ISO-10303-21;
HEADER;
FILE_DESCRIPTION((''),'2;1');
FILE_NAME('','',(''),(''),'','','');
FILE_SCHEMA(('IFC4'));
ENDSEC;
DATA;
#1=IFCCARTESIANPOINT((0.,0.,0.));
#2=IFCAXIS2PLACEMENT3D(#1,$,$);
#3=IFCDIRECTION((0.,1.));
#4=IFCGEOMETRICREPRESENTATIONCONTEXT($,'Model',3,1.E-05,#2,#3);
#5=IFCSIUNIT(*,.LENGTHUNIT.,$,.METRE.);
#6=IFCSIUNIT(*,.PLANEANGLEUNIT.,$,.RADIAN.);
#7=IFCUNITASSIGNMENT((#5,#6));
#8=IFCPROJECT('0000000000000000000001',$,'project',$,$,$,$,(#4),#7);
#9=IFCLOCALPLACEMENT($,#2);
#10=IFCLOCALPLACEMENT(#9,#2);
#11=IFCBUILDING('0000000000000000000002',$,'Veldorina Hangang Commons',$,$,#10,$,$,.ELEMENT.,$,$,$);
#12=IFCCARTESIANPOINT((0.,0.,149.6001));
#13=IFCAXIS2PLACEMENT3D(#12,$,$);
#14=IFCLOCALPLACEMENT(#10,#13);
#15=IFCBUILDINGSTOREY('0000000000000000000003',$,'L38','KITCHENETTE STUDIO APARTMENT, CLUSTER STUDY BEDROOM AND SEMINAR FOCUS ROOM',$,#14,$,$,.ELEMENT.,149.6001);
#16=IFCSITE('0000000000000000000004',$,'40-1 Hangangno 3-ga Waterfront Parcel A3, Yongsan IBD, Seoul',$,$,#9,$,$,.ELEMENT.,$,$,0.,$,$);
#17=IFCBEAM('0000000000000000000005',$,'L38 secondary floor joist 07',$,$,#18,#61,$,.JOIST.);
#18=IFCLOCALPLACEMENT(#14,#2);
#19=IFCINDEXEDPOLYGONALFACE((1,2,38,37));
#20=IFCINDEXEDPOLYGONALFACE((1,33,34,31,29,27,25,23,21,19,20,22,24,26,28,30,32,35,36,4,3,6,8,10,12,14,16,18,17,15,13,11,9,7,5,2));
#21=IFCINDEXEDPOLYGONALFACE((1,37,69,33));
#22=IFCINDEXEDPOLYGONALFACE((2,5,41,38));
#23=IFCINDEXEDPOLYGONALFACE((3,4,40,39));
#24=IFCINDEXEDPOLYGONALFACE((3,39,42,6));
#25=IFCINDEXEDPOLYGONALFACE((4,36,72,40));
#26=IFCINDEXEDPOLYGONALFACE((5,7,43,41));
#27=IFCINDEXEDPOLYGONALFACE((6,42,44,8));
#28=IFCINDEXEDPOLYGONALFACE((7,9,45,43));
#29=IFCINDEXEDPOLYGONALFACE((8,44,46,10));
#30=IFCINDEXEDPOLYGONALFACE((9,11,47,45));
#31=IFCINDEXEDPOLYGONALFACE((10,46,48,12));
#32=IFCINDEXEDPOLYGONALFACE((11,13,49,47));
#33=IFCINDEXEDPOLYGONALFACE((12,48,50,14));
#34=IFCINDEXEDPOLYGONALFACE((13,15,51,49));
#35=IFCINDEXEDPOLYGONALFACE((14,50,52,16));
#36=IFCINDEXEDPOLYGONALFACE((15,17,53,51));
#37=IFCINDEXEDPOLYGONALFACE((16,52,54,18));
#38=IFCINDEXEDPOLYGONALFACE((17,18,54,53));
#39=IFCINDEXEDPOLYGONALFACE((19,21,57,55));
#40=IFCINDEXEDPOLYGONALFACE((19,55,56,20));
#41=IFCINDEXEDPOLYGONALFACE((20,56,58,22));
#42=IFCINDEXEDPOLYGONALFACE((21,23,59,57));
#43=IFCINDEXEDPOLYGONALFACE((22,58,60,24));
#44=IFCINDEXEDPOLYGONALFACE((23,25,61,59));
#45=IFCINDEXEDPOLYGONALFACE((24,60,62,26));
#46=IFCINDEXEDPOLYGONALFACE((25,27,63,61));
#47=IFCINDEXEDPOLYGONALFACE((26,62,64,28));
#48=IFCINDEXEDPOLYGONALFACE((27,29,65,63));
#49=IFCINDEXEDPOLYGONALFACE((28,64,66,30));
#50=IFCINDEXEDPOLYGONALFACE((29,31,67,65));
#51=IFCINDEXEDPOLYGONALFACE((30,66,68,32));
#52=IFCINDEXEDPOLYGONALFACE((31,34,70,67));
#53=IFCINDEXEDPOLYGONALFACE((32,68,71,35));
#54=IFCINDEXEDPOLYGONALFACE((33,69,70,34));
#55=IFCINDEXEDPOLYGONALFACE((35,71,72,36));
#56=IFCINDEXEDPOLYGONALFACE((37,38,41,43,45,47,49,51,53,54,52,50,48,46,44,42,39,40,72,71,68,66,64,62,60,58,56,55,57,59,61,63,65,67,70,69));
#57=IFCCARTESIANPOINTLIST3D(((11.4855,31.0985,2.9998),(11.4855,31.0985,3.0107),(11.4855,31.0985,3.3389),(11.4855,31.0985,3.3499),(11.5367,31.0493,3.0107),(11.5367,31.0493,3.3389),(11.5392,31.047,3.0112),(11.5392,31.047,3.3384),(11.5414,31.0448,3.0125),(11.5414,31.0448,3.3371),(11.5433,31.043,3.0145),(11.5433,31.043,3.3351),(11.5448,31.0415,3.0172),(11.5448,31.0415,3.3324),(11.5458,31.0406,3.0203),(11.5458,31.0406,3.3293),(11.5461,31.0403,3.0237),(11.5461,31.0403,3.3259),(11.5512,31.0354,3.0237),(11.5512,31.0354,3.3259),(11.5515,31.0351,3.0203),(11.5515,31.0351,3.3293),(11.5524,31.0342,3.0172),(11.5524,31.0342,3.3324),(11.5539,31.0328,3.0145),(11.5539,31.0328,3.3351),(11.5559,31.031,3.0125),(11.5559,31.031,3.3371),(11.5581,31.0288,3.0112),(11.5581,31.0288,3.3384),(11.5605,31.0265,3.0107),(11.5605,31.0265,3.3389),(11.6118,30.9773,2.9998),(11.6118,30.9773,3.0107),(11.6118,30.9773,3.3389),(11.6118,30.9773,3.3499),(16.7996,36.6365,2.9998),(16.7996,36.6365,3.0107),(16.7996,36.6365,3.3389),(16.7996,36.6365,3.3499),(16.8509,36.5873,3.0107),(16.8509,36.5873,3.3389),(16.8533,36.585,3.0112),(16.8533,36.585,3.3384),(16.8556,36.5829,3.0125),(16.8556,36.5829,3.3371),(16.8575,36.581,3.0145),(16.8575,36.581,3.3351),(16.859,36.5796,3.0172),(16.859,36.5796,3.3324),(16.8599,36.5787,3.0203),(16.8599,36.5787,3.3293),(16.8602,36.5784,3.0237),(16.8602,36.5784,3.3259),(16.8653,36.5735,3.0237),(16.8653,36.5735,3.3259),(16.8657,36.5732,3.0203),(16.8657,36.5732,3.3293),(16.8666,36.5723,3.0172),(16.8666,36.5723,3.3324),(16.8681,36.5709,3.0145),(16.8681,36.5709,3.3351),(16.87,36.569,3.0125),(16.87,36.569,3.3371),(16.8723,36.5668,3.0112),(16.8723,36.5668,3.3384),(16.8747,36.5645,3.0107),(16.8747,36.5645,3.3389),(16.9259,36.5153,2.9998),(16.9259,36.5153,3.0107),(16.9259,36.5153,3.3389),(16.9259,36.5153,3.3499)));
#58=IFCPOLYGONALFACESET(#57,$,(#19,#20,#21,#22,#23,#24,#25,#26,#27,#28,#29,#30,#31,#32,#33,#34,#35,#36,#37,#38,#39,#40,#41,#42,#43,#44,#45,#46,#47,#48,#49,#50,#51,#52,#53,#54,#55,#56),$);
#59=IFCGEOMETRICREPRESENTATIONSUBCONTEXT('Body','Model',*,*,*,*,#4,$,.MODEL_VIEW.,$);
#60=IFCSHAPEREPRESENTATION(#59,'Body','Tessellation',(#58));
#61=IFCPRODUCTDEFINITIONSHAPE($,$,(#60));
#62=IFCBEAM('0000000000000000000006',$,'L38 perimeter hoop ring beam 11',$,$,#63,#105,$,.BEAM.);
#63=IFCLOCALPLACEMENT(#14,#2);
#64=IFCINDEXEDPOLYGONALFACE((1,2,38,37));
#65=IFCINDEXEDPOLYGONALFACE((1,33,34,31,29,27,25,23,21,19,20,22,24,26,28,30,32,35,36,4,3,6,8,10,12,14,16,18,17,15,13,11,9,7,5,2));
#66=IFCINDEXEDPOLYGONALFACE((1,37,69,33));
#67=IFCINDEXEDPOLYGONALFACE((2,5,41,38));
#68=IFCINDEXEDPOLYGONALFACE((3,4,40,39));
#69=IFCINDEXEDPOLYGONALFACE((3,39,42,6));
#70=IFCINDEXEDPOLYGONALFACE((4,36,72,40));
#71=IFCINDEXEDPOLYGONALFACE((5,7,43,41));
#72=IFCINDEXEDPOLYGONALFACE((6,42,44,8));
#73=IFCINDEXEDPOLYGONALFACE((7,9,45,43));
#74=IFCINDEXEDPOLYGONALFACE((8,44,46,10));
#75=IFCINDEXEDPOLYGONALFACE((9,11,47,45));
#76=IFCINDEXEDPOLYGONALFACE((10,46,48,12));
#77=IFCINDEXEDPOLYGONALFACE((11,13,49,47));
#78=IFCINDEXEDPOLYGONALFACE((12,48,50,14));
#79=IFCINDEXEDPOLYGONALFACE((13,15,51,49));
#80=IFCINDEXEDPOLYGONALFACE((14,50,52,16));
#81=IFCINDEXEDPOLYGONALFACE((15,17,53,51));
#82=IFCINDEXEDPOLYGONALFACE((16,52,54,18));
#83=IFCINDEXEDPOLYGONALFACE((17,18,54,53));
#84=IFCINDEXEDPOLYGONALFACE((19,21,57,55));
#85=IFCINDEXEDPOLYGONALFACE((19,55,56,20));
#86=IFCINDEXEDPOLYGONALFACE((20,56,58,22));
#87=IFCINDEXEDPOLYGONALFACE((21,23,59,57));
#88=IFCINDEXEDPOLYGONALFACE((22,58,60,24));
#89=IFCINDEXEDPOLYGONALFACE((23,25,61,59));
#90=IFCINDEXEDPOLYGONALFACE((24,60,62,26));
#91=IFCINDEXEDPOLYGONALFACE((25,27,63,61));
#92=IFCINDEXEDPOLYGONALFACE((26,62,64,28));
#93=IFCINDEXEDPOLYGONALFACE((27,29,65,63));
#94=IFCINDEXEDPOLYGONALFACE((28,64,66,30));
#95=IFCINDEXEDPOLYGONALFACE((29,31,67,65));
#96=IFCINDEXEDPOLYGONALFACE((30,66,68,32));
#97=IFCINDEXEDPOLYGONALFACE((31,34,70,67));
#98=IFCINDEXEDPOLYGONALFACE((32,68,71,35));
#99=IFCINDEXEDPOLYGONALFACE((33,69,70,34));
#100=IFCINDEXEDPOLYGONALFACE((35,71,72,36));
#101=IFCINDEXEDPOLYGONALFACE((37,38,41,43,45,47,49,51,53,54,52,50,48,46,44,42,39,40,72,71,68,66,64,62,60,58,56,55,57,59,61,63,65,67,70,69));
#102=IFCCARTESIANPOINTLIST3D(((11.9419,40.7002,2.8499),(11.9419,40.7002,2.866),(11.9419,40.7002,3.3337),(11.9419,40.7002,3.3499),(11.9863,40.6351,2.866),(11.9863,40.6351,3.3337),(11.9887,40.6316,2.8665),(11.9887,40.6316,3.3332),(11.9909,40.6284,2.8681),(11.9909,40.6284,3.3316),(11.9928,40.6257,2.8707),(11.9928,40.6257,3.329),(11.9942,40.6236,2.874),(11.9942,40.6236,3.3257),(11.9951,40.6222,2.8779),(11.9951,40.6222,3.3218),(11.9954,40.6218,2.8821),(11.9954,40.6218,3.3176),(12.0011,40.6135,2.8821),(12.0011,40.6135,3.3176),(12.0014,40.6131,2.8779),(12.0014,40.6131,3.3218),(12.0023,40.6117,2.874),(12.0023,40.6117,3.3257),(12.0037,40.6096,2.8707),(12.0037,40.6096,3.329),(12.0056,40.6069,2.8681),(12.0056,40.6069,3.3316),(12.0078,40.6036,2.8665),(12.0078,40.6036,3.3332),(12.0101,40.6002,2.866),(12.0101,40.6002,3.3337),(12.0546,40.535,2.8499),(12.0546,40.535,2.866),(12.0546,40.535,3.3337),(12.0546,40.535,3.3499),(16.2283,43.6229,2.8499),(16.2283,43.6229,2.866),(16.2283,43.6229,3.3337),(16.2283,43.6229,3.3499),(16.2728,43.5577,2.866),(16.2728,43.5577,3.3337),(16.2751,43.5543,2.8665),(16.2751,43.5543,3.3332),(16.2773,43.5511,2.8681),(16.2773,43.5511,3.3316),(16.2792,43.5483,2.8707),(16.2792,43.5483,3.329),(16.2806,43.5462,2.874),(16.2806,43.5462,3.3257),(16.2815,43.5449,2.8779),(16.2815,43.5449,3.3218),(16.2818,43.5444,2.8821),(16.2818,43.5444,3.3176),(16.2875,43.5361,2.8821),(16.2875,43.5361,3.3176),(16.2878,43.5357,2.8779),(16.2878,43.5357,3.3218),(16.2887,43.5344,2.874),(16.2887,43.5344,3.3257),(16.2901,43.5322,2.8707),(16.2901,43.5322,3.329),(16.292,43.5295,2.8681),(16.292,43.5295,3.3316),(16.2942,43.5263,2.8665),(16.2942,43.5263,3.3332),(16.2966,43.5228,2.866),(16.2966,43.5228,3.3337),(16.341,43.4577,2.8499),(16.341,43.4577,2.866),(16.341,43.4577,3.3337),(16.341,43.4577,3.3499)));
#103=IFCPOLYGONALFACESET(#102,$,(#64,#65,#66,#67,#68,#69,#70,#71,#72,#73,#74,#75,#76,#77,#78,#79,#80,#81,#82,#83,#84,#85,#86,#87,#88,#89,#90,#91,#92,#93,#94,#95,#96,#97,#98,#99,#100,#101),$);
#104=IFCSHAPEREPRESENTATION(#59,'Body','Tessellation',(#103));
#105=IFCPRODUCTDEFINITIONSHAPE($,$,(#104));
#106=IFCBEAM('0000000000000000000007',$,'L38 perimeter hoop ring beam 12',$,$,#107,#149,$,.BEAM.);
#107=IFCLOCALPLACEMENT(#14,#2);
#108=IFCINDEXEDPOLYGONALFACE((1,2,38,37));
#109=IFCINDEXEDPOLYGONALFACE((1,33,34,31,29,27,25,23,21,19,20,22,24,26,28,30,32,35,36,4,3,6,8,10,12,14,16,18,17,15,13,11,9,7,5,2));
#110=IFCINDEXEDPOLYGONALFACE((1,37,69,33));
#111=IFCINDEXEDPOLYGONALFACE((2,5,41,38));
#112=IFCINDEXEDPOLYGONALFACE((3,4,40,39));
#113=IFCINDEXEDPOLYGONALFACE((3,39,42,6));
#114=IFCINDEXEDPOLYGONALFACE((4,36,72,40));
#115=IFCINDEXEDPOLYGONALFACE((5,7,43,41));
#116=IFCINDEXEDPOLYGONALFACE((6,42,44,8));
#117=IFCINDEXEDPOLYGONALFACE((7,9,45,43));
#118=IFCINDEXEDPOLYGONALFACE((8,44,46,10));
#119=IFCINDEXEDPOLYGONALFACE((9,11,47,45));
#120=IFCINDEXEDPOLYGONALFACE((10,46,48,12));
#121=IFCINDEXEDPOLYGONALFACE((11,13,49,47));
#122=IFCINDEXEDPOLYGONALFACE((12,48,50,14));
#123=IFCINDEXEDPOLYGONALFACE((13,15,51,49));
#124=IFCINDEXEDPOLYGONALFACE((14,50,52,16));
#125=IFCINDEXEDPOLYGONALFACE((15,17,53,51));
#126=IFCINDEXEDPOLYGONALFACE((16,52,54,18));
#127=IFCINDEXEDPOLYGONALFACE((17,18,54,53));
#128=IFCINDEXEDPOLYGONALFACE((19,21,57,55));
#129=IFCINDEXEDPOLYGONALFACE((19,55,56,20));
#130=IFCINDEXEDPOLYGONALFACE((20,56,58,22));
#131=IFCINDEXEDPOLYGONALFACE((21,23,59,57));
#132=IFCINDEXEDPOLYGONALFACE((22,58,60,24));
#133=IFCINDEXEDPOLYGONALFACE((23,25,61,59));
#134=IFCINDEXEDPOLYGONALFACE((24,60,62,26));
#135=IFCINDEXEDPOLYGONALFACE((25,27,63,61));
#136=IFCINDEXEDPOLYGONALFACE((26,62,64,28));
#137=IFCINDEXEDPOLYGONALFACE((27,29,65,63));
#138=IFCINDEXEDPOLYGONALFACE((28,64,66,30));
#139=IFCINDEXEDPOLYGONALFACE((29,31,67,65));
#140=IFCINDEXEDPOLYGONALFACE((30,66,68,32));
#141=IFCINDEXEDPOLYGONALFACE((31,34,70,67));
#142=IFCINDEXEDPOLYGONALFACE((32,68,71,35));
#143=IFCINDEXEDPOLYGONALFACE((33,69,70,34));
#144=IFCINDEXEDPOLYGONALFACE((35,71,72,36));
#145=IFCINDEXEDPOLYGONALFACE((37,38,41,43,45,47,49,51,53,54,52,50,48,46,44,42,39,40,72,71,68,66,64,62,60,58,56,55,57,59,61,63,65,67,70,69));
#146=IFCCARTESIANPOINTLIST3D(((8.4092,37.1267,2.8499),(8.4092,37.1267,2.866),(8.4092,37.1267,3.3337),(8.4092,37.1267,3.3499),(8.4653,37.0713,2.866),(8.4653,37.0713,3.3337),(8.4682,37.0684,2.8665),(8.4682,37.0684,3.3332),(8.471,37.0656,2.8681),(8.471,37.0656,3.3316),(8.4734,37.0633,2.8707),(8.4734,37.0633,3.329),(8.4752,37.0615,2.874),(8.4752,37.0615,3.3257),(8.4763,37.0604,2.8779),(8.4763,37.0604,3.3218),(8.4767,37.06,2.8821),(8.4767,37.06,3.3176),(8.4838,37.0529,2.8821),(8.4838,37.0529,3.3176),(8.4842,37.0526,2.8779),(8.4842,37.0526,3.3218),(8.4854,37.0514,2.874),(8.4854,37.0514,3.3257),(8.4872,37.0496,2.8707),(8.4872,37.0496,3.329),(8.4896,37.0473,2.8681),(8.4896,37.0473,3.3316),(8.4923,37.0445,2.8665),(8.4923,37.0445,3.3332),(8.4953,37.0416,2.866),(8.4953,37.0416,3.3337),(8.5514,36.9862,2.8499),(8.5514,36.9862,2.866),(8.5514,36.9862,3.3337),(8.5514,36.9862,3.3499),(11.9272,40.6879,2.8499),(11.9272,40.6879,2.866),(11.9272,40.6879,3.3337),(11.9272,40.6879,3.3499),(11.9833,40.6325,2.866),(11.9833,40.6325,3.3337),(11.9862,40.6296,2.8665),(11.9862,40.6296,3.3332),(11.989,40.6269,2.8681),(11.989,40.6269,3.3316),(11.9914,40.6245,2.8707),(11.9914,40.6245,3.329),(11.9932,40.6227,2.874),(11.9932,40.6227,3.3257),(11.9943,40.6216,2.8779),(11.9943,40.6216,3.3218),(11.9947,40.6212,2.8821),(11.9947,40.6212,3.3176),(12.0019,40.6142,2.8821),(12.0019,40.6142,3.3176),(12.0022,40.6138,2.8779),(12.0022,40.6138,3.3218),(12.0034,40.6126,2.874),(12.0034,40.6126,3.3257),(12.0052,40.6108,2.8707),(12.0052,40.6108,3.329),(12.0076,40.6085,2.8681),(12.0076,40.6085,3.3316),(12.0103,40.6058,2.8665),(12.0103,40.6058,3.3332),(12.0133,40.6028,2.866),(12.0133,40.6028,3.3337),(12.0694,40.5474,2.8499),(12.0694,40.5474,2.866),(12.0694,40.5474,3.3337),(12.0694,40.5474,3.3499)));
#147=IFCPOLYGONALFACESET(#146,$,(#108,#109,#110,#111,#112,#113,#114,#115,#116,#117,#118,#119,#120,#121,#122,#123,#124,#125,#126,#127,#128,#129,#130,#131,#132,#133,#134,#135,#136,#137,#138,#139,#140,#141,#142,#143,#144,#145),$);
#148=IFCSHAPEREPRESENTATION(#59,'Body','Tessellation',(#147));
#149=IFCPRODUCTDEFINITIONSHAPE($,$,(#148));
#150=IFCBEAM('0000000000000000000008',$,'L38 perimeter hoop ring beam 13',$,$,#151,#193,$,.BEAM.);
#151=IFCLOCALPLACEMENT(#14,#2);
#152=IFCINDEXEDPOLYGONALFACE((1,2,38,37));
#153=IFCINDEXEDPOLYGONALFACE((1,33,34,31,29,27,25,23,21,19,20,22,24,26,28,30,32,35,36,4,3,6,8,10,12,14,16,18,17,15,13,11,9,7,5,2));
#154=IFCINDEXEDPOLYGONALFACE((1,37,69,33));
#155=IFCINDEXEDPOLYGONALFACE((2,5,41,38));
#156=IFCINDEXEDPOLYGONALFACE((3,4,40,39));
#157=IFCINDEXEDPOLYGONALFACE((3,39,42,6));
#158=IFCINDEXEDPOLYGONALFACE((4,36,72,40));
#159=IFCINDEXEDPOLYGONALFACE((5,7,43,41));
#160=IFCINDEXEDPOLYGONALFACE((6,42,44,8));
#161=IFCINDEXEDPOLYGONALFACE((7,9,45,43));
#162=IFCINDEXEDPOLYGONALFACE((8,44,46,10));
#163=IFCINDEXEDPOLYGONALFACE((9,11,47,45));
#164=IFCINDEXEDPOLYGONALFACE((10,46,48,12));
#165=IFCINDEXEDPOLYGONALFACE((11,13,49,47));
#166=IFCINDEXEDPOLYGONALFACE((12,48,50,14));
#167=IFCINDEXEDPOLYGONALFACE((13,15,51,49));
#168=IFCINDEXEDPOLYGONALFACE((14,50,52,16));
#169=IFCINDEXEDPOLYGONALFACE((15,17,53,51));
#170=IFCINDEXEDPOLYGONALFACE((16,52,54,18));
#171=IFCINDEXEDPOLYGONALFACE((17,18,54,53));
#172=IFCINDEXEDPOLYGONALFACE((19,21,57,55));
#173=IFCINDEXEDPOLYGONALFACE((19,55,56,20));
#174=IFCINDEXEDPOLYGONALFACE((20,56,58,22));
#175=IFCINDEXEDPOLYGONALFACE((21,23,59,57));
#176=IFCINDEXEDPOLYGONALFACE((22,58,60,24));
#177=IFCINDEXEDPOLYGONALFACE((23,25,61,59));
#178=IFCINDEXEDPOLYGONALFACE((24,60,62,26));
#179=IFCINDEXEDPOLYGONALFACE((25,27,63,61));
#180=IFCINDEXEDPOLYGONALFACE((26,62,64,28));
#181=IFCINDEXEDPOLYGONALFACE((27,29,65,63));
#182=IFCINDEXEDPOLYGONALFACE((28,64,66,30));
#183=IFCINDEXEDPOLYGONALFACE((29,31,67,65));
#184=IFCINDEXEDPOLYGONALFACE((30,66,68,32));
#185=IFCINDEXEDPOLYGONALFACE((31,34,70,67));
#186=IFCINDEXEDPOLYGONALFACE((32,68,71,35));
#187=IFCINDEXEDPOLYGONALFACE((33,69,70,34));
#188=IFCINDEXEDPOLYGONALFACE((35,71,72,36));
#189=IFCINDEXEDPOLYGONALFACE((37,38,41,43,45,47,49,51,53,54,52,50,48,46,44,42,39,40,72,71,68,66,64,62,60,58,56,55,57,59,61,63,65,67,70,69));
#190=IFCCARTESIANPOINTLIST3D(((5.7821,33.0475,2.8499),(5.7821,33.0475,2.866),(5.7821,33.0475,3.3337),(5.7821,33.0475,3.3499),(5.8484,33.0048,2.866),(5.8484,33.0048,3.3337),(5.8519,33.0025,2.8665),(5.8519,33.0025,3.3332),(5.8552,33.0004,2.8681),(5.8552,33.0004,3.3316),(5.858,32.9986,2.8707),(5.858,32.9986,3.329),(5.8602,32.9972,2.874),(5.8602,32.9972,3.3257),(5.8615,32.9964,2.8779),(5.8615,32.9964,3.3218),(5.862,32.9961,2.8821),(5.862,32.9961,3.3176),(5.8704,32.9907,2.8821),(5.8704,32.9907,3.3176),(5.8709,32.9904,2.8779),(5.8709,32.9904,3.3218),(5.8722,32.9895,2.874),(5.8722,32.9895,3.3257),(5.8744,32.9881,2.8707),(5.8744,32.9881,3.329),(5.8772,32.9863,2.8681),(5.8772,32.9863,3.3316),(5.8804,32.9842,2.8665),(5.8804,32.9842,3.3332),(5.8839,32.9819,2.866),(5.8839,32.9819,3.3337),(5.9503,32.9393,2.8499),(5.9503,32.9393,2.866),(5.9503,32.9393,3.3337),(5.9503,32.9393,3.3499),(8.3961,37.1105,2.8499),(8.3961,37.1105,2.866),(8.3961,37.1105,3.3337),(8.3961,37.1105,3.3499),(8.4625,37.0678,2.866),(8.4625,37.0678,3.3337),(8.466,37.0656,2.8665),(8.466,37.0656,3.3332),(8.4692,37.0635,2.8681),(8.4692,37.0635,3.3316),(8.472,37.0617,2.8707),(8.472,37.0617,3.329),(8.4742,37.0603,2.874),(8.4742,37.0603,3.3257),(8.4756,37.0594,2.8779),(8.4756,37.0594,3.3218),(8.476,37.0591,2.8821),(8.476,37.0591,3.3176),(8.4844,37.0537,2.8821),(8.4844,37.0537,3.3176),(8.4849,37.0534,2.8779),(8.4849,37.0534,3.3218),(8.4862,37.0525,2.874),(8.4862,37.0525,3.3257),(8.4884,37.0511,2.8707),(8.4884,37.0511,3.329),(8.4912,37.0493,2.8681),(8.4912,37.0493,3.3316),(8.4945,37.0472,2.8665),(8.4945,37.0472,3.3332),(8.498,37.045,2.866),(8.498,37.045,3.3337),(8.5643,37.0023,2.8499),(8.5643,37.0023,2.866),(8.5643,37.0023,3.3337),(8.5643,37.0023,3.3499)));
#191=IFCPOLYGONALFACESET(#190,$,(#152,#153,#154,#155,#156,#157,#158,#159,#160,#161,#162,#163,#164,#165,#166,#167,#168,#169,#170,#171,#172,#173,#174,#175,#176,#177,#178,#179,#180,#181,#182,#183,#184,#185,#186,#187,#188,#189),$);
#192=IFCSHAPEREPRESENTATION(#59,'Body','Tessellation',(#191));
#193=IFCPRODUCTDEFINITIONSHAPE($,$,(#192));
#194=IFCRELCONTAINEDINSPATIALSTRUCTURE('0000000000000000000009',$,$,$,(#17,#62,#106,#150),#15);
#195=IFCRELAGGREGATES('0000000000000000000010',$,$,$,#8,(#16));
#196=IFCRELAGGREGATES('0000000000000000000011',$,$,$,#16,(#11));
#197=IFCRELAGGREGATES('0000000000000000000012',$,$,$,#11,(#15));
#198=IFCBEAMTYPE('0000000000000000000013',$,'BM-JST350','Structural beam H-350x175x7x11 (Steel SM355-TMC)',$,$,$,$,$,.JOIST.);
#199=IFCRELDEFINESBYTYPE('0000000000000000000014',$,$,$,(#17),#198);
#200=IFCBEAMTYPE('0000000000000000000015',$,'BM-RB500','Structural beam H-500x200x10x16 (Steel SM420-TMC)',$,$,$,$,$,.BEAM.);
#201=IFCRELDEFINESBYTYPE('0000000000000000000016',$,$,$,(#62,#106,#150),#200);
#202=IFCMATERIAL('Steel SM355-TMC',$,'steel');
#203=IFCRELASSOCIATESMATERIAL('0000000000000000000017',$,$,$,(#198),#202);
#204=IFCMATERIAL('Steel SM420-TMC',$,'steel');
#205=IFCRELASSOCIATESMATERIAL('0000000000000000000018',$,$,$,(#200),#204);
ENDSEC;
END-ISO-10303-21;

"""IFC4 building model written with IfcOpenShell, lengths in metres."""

from ifc_helpers import new_model, si_unit, direction, frame, origin, origin_2d, place, context, subcontext, project, spatial, i_section, extrude, material, material_profile, profile_set, type_object, element, save


model = new_model("IFC4")

# Units and contexts
model_context = context("Model", 3, precision=1e-05, world=origin(), true_north=direction((0.0, 1.0)))
body_context = subcontext(model_context, "Body", "Model", "MODEL_VIEW")
ifc_project = project(units=[si_unit("LENGTHUNIT", "METRE"), si_unit("PLANEANGLEUNIT", "RADIAN")], contexts=[model_context])

# Site, building, storey
site_placement = place(None, origin())
site = spatial("IfcSite", under=ifc_project, at=site_placement, Name="40-1 Hangangno 3-ga Waterfront Parcel A3, Yongsan IBD, Seoul", CompositionType="ELEMENT", RefElevation=0.0)
building_placement = place(site_placement, origin())
building = spatial("IfcBuilding", under=site, at=building_placement, Name="Veldorina Hangang Commons", CompositionType="ELEMENT")
storey_placement = place(building_placement, frame((0.0, 0.0, 149.6001)))
storey = spatial("IfcBuildingStorey", under=building, at=storey_placement, Name="L38", Description="KITCHENETTE STUDIO APARTMENT, CLUSTER STUDY BEDROOM AND SEMINAR FOCUS ROOM", CompositionType="ELEMENT", Elevation=149.6001)

# Beams
ifc_material_1 = material(Name="Steel SM355-TMC", Category="steel")
ifc_material_profile_1 = material_profile(ifc_material_1, i_section(OverallWidth=0.175, OverallDepth=0.3501, WebThickness=0.0071, FlangeThickness=0.011, FilletRadius=0.0129, at=origin_2d()), Name="H-350x175x7x11")
ifc_profile_set_1 = profile_set([ifc_material_profile_1], Name="Steel SM355-TMC")
beam_type_1 = type_object("IfcBeamType", Name="BM-JST350", Description="Structural beam H-350x175x7x11 (Steel SM355-TMC)", PredefinedType="JOIST", material=ifc_profile_set_1)
beam_1_placement = place(storey_placement, frame((16.8628, 36.5759, 3.1748), z_axis=(-0.692372, -0.72154, 0.0), x_axis=(0.72154, -0.692372, 0.0)))
element("IfcBeam", 1, at=beam_1_placement, inside=storey, type_object=beam_type_1, Name="L38 secondary floor joist 07", PredefinedType="JOIST", context=body_context, shape_type="SweptSolid", body=[
    extrude(i_section(OverallWidth=0.175, OverallDepth=0.3501, WebThickness=0.0071, FlangeThickness=0.011, FilletRadius=0.0129, at=origin_2d()), origin(), (0.0, 0.0, 1.0), 7.6753),
])
ifc_material_2 = material(Name="Steel SM420-TMC", Category="steel")
ifc_material_profile_2 = material_profile(ifc_material_2, i_section(OverallWidth=0.2, OverallDepth=0.5, WebThickness=0.01, FlangeThickness=0.0161, FilletRadius=0.0161, at=origin_2d()), Name="H-500x200x10x16")
ifc_profile_set_2 = profile_set([ifc_material_profile_2], Name="Steel SM420-TMC")
beam_type_2 = type_object("IfcBeamType", Name="BM-RB500", Description="Structural beam H-500x200x10x16 (Steel SM420-TMC)", PredefinedType="BEAM", material=ifc_profile_set_2)
beam_2_placement = place(storey_placement, frame((16.2847, 43.5403, 3.0999), z_axis=(-0.82622, -0.563347, 0.0), x_axis=(0.563347, -0.82622, 0.0)))
element("IfcBeam", 2, at=beam_2_placement, inside=storey, type_object=beam_type_2, Name="L38 perimeter hoop ring beam 11", PredefinedType="BEAM", context=body_context, shape_type="SweptSolid", body=[
    extrude(i_section(OverallWidth=0.2, OverallDepth=0.5, WebThickness=0.01, FlangeThickness=0.0161, FilletRadius=0.0161, at=origin_2d()), origin(), (0.0, 0.0, 1.0), 5.188),
])
beam_3_placement = place(storey_placement, frame((11.9983, 40.6177, 3.0999), z_axis=(-0.702777, -0.71141, 0.0), x_axis=(0.71141, -0.702777, 0.0)))
element("IfcBeam", 3, at=beam_3_placement, inside=storey, type_object=beam_type_2, Name="L38 perimeter hoop ring beam 12", PredefinedType="BEAM", context=body_context, shape_type="SweptSolid", body=[
    extrude(i_section(OverallWidth=0.2, OverallDepth=0.5, WebThickness=0.01, FlangeThickness=0.0161, FilletRadius=0.0161, at=origin_2d()), origin(), (0.0, 0.0, 1.0), 5.0059),
])
beam_4_placement = place(storey_placement, frame((8.4802, 37.0564, 3.0999), z_axis=(-0.541064, -0.840981, 0.0), x_axis=(0.840981, -0.541064, 0.0)))
element("IfcBeam", 4, at=beam_4_placement, inside=storey, type_object=beam_type_2, Name="L38 perimeter hoop ring beam 13", PredefinedType="BEAM", context=body_context, shape_type="SweptSolid", body=[
    extrude(i_section(OverallWidth=0.2, OverallDepth=0.5, WebThickness=0.01, FlangeThickness=0.0161, FilletRadius=0.0161, at=origin_2d()), origin(), (0.0, 0.0, 1.0), 4.8313),
])

save(model, "model.ifc")
